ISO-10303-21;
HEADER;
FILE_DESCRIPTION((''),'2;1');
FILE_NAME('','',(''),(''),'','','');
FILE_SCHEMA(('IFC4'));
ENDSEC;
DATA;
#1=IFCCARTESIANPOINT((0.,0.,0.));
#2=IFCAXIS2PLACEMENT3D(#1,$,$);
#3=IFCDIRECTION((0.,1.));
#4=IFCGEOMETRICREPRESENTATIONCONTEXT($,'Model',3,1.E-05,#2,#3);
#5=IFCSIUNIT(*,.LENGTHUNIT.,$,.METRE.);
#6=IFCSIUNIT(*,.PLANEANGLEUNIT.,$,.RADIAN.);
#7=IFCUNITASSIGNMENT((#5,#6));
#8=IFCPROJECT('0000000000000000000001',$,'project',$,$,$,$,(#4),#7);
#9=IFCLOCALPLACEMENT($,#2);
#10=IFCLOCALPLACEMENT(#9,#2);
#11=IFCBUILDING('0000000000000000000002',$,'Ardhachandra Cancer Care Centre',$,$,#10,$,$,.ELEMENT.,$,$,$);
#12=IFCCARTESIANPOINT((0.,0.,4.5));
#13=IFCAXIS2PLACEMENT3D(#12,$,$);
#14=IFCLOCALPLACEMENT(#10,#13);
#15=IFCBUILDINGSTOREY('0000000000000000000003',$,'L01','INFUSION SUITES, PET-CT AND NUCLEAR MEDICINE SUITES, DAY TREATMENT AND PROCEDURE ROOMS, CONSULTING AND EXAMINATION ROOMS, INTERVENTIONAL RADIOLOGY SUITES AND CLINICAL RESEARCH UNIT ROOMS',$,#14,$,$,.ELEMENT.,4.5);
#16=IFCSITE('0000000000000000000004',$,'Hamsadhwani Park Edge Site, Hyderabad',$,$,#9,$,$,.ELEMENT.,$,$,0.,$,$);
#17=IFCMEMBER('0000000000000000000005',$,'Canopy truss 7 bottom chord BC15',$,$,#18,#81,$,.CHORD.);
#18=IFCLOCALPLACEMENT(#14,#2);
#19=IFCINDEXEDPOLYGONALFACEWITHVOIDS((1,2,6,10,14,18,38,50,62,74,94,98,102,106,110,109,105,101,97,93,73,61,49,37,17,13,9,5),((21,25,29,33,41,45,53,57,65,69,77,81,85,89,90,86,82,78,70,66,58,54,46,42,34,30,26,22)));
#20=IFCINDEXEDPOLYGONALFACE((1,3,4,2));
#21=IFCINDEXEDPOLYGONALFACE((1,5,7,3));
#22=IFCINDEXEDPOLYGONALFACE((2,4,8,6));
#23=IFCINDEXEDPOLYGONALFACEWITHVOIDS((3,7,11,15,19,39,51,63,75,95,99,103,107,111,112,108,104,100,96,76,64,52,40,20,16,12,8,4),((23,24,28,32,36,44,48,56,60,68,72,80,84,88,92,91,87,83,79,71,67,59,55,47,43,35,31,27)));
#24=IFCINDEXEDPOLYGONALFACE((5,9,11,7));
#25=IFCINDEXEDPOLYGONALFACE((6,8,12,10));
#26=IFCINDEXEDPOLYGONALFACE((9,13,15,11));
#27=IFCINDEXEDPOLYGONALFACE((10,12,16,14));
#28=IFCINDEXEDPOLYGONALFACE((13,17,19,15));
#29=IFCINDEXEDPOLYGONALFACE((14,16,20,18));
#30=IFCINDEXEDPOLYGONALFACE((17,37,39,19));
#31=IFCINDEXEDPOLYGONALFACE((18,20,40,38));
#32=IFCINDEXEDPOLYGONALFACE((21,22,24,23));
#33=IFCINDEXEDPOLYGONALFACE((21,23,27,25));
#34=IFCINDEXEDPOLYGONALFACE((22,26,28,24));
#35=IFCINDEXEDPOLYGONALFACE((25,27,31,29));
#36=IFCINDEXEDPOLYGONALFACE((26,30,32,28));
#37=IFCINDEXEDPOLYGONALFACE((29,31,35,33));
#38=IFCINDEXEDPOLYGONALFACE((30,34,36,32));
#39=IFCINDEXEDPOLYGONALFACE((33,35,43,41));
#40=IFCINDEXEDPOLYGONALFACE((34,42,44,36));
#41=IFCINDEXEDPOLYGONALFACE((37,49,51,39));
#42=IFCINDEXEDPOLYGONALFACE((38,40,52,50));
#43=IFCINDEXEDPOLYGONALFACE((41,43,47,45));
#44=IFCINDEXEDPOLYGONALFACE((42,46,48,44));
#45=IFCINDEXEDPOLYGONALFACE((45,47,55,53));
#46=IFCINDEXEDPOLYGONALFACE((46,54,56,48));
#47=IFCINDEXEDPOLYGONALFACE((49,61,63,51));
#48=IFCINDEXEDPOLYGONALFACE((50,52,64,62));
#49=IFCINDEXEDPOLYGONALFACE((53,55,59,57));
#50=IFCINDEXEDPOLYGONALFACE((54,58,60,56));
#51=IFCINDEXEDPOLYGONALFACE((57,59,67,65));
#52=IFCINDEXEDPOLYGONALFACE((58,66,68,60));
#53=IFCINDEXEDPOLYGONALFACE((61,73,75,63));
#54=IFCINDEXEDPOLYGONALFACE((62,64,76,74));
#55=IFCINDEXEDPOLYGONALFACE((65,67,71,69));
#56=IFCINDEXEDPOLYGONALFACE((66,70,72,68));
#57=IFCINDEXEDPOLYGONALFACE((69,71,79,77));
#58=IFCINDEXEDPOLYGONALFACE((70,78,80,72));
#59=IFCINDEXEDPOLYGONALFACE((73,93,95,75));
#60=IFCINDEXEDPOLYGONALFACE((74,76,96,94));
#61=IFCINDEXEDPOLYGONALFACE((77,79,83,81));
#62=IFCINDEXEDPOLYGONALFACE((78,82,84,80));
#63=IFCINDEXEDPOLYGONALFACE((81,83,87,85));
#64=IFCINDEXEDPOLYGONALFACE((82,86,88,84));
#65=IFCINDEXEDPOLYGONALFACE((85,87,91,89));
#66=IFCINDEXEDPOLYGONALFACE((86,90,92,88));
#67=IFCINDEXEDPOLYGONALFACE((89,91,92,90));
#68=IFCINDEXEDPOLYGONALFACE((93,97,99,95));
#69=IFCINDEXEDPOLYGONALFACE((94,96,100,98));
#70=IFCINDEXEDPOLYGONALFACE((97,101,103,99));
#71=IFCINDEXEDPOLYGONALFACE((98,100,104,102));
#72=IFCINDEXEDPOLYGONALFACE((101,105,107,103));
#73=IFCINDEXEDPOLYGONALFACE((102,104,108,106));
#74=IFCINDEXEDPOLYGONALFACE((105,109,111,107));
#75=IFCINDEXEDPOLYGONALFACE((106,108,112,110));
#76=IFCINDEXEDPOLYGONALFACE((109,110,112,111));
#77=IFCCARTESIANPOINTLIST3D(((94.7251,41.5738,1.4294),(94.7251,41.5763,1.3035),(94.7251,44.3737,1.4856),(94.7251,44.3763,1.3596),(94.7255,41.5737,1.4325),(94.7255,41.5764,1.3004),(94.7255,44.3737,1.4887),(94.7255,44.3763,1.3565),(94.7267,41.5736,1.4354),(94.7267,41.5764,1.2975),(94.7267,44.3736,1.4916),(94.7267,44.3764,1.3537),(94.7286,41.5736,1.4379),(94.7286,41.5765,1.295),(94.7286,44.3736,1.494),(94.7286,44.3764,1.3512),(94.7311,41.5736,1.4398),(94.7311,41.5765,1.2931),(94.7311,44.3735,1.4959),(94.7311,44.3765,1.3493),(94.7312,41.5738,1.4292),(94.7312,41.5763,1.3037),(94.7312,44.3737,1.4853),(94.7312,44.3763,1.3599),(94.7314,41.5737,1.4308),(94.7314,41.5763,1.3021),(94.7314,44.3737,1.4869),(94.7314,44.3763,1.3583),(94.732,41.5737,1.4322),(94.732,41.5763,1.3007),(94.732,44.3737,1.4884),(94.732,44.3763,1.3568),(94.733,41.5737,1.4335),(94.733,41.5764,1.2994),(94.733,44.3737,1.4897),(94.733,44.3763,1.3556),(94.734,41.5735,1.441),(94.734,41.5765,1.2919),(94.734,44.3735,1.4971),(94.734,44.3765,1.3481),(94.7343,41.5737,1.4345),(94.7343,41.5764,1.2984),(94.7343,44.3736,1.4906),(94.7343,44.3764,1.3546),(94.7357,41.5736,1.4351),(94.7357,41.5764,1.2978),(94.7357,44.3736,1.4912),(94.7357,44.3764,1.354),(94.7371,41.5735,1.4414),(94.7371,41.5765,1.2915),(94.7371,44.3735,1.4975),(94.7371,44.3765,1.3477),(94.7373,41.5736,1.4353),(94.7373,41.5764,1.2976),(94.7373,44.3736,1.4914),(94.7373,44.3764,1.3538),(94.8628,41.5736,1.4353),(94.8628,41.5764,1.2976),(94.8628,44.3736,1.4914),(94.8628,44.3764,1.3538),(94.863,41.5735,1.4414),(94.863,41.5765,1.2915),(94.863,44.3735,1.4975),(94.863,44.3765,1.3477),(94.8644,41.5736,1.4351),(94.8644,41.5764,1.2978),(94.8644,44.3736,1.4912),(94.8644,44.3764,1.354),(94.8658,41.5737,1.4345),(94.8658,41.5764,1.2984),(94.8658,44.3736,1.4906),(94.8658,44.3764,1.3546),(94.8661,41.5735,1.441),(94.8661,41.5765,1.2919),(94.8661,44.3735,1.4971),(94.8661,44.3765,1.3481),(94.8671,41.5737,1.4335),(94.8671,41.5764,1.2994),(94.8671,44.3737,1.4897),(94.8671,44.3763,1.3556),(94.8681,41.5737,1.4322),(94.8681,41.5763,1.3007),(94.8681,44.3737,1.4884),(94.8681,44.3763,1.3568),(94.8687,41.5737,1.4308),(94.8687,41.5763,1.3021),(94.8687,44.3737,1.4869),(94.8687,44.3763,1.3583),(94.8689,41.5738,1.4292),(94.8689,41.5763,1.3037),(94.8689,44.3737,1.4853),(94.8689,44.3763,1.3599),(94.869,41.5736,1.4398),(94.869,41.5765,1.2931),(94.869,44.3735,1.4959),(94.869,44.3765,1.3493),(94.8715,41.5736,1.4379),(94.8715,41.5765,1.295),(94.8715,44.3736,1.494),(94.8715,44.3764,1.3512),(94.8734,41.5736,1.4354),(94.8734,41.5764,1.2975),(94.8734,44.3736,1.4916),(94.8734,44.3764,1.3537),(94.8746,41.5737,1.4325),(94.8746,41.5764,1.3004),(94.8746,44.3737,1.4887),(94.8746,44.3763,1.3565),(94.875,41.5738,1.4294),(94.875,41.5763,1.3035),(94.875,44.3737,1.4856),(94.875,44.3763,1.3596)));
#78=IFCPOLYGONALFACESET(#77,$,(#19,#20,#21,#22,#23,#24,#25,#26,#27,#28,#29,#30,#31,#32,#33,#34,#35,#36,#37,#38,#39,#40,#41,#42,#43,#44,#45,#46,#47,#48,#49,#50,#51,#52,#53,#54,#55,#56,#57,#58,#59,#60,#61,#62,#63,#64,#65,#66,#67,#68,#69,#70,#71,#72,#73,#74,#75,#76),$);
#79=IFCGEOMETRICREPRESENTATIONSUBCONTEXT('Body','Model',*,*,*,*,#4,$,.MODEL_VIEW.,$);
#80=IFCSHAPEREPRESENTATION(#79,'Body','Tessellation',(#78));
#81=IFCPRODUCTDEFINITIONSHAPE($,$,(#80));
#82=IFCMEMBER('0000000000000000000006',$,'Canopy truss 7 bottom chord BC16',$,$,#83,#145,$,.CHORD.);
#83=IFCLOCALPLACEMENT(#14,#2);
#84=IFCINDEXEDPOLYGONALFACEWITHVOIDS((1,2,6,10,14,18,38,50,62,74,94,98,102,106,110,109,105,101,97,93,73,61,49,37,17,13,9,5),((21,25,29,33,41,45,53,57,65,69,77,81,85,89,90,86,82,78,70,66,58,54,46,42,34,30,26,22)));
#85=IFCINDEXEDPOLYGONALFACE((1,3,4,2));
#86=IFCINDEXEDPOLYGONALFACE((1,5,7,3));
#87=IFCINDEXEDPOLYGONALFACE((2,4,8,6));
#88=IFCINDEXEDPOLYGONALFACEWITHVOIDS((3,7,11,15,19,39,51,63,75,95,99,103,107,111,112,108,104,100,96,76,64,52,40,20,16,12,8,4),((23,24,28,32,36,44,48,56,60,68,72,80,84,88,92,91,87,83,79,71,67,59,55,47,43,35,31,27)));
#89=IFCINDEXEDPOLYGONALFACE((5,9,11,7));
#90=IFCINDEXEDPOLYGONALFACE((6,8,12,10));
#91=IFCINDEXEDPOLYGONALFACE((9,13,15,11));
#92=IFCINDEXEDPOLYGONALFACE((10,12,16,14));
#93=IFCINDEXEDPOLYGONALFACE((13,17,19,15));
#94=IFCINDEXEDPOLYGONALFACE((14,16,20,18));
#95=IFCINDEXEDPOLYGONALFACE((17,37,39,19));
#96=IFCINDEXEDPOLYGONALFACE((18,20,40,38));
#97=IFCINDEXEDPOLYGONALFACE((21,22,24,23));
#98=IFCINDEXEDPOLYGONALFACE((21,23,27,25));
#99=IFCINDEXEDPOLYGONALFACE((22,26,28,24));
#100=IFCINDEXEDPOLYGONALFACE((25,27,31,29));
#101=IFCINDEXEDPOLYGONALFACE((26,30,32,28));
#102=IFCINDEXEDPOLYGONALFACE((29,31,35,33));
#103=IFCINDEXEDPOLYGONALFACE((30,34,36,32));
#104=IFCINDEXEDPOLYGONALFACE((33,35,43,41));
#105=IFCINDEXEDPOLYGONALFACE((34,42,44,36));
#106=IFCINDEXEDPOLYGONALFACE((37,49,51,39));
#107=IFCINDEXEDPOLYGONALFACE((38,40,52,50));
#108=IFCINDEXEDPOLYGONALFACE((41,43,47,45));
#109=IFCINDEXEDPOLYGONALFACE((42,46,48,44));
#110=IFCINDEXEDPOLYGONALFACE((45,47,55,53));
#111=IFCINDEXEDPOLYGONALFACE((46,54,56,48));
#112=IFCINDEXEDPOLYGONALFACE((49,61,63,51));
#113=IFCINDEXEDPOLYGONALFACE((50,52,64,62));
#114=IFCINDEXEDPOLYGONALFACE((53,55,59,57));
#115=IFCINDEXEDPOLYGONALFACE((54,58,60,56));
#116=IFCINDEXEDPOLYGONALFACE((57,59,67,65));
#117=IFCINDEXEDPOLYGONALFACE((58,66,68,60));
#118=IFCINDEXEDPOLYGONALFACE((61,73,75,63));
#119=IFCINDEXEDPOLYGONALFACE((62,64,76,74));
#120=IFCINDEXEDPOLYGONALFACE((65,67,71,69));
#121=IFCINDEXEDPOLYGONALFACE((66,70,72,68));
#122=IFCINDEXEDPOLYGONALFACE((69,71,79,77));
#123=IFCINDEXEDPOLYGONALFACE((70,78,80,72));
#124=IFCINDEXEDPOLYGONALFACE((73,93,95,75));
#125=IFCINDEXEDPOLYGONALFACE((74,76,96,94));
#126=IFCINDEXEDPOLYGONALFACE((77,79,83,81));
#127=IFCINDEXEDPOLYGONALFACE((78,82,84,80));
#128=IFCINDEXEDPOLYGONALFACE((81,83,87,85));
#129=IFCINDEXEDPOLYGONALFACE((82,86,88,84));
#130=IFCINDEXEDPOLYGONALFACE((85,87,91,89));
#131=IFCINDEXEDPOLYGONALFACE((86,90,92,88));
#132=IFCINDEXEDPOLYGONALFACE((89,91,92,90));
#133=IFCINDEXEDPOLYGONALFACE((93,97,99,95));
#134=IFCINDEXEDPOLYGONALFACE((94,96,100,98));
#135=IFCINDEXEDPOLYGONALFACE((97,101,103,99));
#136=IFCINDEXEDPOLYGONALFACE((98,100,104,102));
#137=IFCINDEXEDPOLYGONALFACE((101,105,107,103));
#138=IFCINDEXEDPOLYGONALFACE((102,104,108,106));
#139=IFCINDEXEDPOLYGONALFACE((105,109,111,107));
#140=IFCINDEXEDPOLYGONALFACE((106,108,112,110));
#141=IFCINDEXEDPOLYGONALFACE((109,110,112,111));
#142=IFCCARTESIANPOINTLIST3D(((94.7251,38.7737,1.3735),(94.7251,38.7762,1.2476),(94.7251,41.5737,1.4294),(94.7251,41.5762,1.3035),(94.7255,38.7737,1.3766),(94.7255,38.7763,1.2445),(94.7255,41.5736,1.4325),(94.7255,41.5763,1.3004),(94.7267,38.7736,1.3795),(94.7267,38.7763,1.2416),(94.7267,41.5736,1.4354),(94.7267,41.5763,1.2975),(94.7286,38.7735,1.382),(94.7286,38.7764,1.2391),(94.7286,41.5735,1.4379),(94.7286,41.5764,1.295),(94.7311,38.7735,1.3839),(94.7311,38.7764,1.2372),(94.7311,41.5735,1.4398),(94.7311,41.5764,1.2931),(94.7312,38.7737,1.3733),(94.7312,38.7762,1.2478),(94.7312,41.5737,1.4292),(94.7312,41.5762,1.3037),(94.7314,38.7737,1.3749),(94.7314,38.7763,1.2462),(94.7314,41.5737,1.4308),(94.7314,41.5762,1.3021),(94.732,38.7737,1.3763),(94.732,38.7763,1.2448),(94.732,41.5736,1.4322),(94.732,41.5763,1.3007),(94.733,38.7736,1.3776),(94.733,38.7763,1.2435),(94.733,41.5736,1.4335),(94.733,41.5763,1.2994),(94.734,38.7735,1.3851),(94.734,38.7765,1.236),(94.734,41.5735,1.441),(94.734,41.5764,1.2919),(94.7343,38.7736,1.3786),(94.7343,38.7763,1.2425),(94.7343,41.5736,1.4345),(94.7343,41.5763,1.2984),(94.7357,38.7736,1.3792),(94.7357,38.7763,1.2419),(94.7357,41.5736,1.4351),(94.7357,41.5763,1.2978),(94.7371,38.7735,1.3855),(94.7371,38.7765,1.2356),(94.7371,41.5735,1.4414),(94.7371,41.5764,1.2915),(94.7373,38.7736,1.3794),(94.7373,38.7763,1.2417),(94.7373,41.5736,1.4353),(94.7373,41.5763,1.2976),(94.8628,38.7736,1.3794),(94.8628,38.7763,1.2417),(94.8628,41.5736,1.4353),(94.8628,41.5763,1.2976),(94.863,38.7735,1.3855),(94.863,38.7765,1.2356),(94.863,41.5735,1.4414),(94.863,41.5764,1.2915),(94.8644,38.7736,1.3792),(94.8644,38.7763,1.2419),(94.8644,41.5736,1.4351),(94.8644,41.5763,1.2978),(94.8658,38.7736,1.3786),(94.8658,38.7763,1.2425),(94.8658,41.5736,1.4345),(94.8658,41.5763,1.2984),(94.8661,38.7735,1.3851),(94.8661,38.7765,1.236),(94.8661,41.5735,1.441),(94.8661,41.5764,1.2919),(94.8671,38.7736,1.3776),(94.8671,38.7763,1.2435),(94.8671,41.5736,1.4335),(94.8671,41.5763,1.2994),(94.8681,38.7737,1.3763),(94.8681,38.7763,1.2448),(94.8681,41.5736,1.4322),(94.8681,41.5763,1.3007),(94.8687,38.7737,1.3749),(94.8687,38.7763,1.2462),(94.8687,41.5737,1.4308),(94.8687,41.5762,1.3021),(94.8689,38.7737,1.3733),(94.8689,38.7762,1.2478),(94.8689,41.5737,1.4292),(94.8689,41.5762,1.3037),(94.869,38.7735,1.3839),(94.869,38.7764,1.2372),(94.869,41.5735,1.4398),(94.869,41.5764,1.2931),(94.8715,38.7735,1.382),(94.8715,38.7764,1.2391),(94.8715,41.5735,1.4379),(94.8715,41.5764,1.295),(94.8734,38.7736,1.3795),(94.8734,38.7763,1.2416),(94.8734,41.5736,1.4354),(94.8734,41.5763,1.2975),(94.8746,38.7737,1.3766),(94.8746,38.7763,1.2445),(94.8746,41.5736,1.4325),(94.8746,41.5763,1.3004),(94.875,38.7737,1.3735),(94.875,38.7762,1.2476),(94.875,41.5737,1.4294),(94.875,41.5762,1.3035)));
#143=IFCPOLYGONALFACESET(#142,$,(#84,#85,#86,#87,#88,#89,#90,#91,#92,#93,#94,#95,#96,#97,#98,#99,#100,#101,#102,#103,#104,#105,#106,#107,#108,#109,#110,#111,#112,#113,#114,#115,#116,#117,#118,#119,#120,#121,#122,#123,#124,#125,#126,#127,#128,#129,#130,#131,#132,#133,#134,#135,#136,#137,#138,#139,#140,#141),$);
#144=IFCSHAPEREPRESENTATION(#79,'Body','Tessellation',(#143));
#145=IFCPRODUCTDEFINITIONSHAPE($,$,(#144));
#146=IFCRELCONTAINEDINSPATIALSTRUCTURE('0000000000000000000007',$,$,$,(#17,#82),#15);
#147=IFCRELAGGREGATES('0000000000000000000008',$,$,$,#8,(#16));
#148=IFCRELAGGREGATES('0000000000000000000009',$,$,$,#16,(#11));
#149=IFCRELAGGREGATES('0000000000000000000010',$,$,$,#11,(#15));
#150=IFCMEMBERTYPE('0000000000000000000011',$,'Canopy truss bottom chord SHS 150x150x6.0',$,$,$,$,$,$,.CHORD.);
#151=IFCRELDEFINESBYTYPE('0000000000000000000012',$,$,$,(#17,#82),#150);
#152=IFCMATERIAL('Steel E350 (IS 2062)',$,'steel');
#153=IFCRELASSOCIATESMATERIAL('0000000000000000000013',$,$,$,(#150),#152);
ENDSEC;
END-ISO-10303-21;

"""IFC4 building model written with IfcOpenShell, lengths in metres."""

from ifc_helpers import new_model, si_unit, direction, frame, origin, origin_2d, place, context, subcontext, project, spatial, hollow_rectangle, extrude, material, material_profile, profile_set, type_object, element, save


model = new_model("IFC4")

# Units and contexts
model_context = context("Model", 3, precision=1e-05, world=origin(), true_north=direction((0.0, 1.0)))
body_context = subcontext(model_context, "Body", "Model", "MODEL_VIEW")
ifc_project = project(units=[si_unit("LENGTHUNIT", "METRE"), si_unit("PLANEANGLEUNIT", "RADIAN")], contexts=[model_context])

# Site, building, storey
site_placement = place(None, origin())
site = spatial("IfcSite", under=ifc_project, at=site_placement, Name="Hamsadhwani Park Edge Site, Hyderabad", CompositionType="ELEMENT", RefElevation=0.0)
building_placement = place(site_placement, origin())
building = spatial("IfcBuilding", under=site, at=building_placement, Name="Ardhachandra Cancer Care Centre", CompositionType="ELEMENT")
storey_placement = place(building_placement, frame((0.0, 0.0, 4.5)))
storey = spatial("IfcBuildingStorey", under=building, at=storey_placement, Name="L01", Description="INFUSION SUITES, PET-CT AND NUCLEAR MEDICINE SUITES, DAY TREATMENT AND PROCEDURE ROOMS, CONSULTING AND EXAMINATION ROOMS, INTERVENTIONAL RADIOLOGY SUITES AND CLINICAL RESEARCH UNIT ROOMS", CompositionType="ELEMENT", Elevation=4.5)

# Members
ifc_material_1 = material(Name="Steel E350 (IS 2062)", Category="steel")
ifc_material_profile_1 = material_profile(ifc_material_1, hollow_rectangle(XDim=0.1499, YDim=0.1499, WallThickness=0.0061, InnerFilletRadius=0.0061, OuterFilletRadius=0.012, at=origin_2d()), Name="SHS 150x150x6.0")
ifc_profile_set_1 = profile_set([ifc_material_profile_1], Name="Steel E350 (IS 2062)")
member_type_1 = type_object("IfcMemberType", Name="Canopy truss bottom chord SHS 150x150x6.0", PredefinedType="CHORD", material=ifc_profile_set_1)
for number, where, z_axis, x_axis, name in (
    (1, (94.8, 44.375, 1.4226), (0.0, -0.999799, -0.02005), (1.0, 0.0, 0.0), "Canopy truss 7 bottom chord BC15"),
    (2, (94.8, 41.575, 1.3665), (0.0, -0.999801, -0.019963), (1.0, 0.0, 0.0), "Canopy truss 7 bottom chord BC16"),
):
    element("IfcMember", number, at=place(storey_placement, frame(where, z_axis=z_axis, x_axis=x_axis)), inside=storey, type_object=member_type_1, Name=name, PredefinedType="CHORD", context=body_context, shape_type="SweptSolid", body=[
        extrude(hollow_rectangle(XDim=0.1499, YDim=0.1499, WallThickness=0.0061, InnerFilletRadius=0.0061, OuterFilletRadius=0.012, at=origin_2d()), origin(), (0.0, 0.0, 1.0), 2.8005),
    ])

save(model, "model.ifc")
